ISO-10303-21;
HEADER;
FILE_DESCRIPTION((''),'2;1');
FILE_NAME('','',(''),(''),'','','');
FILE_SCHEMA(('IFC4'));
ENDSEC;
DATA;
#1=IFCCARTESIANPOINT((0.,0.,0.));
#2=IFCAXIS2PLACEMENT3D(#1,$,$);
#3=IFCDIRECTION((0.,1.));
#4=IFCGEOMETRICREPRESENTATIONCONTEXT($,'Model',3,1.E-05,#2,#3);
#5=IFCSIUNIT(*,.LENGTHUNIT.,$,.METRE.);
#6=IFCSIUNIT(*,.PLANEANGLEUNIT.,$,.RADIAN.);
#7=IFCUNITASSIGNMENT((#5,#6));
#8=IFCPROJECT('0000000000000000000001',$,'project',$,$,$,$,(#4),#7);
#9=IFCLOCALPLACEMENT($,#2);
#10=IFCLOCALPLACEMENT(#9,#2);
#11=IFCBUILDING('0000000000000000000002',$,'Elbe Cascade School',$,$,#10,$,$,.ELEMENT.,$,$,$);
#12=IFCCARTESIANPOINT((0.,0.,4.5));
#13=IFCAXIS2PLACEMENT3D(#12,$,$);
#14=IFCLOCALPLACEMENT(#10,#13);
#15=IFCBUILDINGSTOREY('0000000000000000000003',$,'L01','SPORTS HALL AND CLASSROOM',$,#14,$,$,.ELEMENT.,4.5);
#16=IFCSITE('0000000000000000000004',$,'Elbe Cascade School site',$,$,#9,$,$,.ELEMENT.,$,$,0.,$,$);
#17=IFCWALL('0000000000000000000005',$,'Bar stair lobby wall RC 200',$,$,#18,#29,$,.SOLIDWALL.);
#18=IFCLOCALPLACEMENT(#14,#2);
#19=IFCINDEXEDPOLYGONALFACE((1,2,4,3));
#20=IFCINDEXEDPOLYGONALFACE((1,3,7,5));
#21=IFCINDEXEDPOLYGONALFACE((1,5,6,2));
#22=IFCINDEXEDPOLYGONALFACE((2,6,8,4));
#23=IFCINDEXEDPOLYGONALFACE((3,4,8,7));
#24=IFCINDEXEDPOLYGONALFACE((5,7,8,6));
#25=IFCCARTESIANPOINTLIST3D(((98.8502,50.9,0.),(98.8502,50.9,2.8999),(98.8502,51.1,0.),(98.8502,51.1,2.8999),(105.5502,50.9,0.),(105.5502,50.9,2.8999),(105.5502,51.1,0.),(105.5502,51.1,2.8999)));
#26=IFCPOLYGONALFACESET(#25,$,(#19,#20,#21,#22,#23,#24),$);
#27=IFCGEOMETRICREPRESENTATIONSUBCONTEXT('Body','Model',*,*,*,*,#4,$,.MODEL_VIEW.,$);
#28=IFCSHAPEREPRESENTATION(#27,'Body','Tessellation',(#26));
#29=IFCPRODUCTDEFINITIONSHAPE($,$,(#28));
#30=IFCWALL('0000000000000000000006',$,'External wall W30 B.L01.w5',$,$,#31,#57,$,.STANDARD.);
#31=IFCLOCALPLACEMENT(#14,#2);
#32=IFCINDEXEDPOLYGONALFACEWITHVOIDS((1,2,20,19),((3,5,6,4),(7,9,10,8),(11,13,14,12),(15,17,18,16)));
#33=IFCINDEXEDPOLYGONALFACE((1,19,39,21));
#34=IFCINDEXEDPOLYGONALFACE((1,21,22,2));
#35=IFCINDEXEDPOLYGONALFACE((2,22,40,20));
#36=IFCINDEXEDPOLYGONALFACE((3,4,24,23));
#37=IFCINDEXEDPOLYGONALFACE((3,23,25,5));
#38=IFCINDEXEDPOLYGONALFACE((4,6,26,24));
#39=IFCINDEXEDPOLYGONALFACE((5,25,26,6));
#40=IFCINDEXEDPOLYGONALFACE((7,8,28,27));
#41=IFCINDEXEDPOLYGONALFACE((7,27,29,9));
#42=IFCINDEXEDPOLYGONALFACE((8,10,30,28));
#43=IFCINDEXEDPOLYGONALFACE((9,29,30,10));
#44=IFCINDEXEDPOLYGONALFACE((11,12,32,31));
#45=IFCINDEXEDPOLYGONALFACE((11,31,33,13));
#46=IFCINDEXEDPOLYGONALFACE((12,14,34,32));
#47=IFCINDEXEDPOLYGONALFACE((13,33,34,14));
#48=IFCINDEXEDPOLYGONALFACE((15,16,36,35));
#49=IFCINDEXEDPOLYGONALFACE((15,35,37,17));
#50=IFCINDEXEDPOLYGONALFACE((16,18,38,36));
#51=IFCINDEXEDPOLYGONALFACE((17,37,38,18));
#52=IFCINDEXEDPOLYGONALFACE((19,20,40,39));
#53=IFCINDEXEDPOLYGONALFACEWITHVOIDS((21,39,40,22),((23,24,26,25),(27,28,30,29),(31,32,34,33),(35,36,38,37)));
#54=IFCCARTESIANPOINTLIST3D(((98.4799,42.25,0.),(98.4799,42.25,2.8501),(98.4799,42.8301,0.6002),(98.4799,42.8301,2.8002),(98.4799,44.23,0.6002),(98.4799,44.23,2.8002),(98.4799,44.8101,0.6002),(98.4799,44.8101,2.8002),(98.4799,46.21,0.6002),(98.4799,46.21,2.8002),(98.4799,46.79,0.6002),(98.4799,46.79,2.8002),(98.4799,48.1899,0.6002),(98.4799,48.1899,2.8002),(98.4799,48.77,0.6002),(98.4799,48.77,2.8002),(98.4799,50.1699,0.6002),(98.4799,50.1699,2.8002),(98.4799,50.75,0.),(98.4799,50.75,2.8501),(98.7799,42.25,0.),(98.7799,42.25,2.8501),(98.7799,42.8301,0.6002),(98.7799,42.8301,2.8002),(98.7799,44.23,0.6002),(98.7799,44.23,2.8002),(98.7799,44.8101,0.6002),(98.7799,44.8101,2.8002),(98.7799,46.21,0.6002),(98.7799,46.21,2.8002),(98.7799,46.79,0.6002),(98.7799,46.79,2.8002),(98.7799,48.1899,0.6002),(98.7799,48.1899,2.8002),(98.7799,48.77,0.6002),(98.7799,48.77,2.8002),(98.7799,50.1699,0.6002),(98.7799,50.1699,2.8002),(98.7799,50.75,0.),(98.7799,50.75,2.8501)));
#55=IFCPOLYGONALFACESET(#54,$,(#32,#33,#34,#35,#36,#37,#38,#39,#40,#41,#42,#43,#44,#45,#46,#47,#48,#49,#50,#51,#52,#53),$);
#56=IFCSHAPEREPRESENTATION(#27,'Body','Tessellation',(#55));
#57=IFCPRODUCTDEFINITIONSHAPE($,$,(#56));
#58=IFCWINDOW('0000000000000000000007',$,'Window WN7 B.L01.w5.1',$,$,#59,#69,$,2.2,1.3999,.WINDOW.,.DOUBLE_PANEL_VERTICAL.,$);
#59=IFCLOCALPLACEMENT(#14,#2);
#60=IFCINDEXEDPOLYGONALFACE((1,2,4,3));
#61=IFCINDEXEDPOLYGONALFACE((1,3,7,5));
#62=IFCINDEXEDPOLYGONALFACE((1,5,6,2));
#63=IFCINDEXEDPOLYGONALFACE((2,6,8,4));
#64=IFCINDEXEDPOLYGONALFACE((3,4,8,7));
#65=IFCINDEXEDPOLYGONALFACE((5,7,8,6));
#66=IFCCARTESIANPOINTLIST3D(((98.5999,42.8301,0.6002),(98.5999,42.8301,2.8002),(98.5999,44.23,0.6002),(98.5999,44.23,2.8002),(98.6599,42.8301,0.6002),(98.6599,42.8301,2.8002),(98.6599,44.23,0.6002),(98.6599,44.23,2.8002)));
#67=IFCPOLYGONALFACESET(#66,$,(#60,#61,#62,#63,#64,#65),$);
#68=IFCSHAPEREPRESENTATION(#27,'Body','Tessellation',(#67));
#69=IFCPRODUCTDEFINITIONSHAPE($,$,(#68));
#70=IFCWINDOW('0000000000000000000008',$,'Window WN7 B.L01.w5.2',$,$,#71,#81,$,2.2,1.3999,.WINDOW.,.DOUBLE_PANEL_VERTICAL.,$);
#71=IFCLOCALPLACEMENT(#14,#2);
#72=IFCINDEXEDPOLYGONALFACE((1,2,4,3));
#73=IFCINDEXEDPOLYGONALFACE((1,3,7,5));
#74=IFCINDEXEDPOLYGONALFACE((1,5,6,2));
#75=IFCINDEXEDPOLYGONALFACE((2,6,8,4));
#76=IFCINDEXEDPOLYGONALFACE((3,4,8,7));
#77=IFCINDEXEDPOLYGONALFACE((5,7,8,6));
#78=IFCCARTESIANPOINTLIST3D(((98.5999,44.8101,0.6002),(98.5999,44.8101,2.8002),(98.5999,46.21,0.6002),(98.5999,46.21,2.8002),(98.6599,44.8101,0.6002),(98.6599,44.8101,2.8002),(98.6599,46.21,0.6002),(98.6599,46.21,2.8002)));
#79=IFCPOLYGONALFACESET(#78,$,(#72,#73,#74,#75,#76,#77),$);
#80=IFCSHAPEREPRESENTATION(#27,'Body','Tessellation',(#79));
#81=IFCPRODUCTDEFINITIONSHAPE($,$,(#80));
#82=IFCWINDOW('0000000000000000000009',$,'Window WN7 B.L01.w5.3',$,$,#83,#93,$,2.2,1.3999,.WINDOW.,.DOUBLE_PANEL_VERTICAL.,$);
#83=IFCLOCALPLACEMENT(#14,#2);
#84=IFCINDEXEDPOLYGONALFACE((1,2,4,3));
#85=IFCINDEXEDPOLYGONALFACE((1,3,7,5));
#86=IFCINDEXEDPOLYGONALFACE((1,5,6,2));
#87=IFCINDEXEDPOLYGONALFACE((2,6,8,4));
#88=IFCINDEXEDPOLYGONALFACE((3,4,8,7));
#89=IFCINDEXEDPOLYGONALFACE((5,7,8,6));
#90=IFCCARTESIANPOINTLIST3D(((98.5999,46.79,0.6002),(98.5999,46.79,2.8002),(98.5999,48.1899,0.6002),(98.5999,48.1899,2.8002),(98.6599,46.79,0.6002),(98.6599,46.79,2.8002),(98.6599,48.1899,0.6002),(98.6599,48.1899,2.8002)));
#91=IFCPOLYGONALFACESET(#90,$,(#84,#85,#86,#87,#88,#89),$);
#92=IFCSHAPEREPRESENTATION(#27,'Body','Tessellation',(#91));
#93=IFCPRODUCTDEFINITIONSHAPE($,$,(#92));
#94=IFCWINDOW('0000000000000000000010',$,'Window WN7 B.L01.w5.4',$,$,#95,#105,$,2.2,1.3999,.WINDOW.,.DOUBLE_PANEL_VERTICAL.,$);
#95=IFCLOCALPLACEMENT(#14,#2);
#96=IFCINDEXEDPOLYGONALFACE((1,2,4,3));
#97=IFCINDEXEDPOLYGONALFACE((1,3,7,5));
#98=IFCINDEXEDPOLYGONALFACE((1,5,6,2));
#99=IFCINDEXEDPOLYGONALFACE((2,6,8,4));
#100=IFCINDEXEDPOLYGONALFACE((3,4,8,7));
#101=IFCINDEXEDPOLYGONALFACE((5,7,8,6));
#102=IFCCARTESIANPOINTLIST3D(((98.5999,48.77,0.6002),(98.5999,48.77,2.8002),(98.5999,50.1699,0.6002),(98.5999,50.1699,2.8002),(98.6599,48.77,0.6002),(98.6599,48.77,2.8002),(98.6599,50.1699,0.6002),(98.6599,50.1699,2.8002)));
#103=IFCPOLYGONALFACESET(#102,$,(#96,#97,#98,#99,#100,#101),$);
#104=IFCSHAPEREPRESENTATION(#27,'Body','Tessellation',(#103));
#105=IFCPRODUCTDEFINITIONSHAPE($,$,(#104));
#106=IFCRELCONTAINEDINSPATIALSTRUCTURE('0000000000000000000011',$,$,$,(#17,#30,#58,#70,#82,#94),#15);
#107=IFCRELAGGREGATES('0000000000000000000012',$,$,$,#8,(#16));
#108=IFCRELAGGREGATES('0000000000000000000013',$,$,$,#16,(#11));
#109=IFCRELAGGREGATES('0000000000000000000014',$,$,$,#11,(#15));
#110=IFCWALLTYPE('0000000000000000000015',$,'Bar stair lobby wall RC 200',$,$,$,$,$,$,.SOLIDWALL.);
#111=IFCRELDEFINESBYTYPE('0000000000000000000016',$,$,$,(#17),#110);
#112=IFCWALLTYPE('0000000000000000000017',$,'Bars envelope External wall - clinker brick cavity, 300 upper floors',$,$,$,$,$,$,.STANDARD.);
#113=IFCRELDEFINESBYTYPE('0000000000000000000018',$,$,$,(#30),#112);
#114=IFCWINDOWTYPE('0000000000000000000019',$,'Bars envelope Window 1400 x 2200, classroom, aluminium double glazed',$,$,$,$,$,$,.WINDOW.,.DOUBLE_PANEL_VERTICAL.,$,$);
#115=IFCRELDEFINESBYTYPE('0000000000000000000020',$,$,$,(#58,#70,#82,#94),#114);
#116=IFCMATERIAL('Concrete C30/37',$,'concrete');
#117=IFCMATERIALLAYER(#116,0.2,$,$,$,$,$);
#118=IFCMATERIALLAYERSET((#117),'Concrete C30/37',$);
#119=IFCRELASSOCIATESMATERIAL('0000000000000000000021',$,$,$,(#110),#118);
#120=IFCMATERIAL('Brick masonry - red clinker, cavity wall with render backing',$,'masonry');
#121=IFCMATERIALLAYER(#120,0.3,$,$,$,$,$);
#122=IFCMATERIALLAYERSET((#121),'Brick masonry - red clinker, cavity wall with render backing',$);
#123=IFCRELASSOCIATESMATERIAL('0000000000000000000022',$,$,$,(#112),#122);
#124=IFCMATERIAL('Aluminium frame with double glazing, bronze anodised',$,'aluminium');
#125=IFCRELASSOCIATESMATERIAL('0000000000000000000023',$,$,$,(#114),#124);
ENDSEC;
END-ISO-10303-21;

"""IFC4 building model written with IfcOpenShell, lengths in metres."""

from ifc_helpers import new_model, si_unit, direction, frame, frame_2d, origin, place, context, subcontext, project, spatial, rectangle, extrude, material, layer, layer_set, type_object, element, fill, save


model = new_model("IFC4")

# Units and contexts
model_context = context("Model", 3, precision=1e-05, world=origin(), true_north=direction((0.0, 1.0)))
body_context = subcontext(model_context, "Body", "Model", "MODEL_VIEW")
ifc_project = project(units=[si_unit("LENGTHUNIT", "METRE"), si_unit("PLANEANGLEUNIT", "RADIAN")], contexts=[model_context])

# Site, building, storey
site_placement = place(None, origin())
site = spatial("IfcSite", under=ifc_project, at=site_placement, Name="Elbe Cascade School site", CompositionType="ELEMENT", RefElevation=0.0)
building_placement = place(site_placement, origin())
building = spatial("IfcBuilding", under=site, at=building_placement, Name="Elbe Cascade School", CompositionType="ELEMENT")
storey_placement = place(building_placement, frame((0.0, 0.0, 4.5)))
storey = spatial("IfcBuildingStorey", under=building, at=storey_placement, Name="L01", Description="SPORTS HALL AND CLASSROOM", CompositionType="ELEMENT", Elevation=4.5)

# Wall
ifc_material_1 = material(Name="Concrete C30/37", Category="concrete")
ifc_layer_1 = layer(ifc_material_1, 0.2)
ifc_layer_set_1 = layer_set([ifc_layer_1], Name="Concrete C30/37")
wall_type_1 = type_object("IfcWallType", Name="Bar stair lobby wall RC 200", PredefinedType="SOLIDWALL", material=ifc_layer_set_1)
wall_1_placement = place(storey_placement, frame((98.8501, 51.0, 0.0), z_axis=(0.0, 0.0, 1.0), x_axis=(1.0, 0.0, 0.0)))
element("IfcWall", 1, at=wall_1_placement, inside=storey, type_object=wall_type_1, Name="Bar stair lobby wall RC 200", PredefinedType="SOLIDWALL", context=body_context, shape_type="SweptSolid", body=[
    extrude(rectangle(XDim=6.7, YDim=0.2, at=frame_2d((3.3501, 0.0))), origin(), (0.0, 0.0, 1.0), 2.8999),
])

# Wall, openings, windows
ifc_material_2 = material(Name="Brick masonry - red clinker, cavity wall with render backing", Category="masonry")
ifc_layer_2 = layer(ifc_material_2, 0.3)
ifc_layer_set_2 = layer_set([ifc_layer_2], Name="Brick masonry - red clinker, cavity wall with render backing")
wall_type_2 = type_object("IfcWallType", Name="Bars envelope External wall - clinker brick cavity, 300 upper floors", PredefinedType="STANDARD", material=ifc_layer_set_2)
wall_2_placement = place(storey_placement, frame((98.6299, 42.25, 0.0), z_axis=(0.0, 0.0, 1.0), x_axis=(0.0, 1.0, 0.0)))
wall_2 = element("IfcWall", 2, at=wall_2_placement, inside=storey, type_object=wall_type_2, Name="External wall W30 B.L01.w5", PredefinedType="STANDARD", context=body_context, shape_type="SweptSolid", body=[
    extrude(rectangle(XDim=8.5, YDim=0.3, at=frame_2d((4.25, 0.0))), origin(), (0.0, 0.0, 1.0), 2.8501),
])
opening_1_placement = place(wall_2_placement, frame((0.5801, 0.0, 0.6001)))
opening_1 = element("IfcOpeningElement", 3, at=opening_1_placement, cuts=wall_2, PredefinedType="OPENING", context=body_context, shape_type="SweptSolid", body=[
    extrude(rectangle(XDim=1.3999, YDim=2.2, at=frame_2d((0.7, 1.1001))), frame((0.0, 0.1599, 0.0), z_axis=(0.0, -1.0, 0.0), x_axis=(1.0, 0.0, 0.0)), (0.0, 0.0, 1.0), 0.3201),
])
opening_2_placement = place(wall_2_placement, frame((2.5601, 0.0, 0.6001)))
opening_2 = element("IfcOpeningElement", 4, at=opening_2_placement, cuts=wall_2, PredefinedType="OPENING", context=body_context, shape_type="SweptSolid", body=[
    extrude(rectangle(XDim=1.3999, YDim=2.2, at=frame_2d((0.7, 1.1001))), frame((0.0, 0.1599, 0.0), z_axis=(0.0, -1.0, 0.0), x_axis=(1.0, 0.0, 0.0)), (0.0, 0.0, 1.0), 0.3201),
])
opening_3_placement = place(wall_2_placement, frame((4.54, 0.0, 0.6001)))
opening_3 = element("IfcOpeningElement", 5, at=opening_3_placement, cuts=wall_2, PredefinedType="OPENING", context=body_context, shape_type="SweptSolid", body=[
    extrude(rectangle(XDim=1.3999, YDim=2.2, at=frame_2d((0.7, 1.1001))), frame((0.0, 0.1599, 0.0), z_axis=(0.0, -1.0, 0.0), x_axis=(1.0, 0.0, 0.0)), (0.0, 0.0, 1.0), 0.3201),
])
opening_4_placement = place(wall_2_placement, frame((6.52, 0.0, 0.6001)))
opening_4 = element("IfcOpeningElement", 6, at=opening_4_placement, cuts=wall_2, PredefinedType="OPENING", context=body_context, shape_type="SweptSolid", body=[
    extrude(rectangle(XDim=1.3999, YDim=2.2, at=frame_2d((0.7, 1.1001))), frame((0.0, 0.1599, 0.0), z_axis=(0.0, -1.0, 0.0), x_axis=(1.0, 0.0, 0.0)), (0.0, 0.0, 1.0), 0.3201),
])
ifc_material_3 = material(Name="Aluminium frame with double glazing, bronze anodised", Category="aluminium")
window_type = type_object("IfcWindowType", Name="Bars envelope Window 1400 x 2200, classroom, aluminium double glazed", PartitioningType="DOUBLE_PANEL_VERTICAL", PredefinedType="WINDOW", material=ifc_material_3)
window_1_placement = place(opening_1_placement, origin())
window_1 = element("IfcWindow", 7, at=window_1_placement, inside=storey, type_object=window_type, Name="Window WN7 B.L01.w5.1", OverallHeight=2.2, OverallWidth=1.3999, PartitioningType="DOUBLE_PANEL_VERTICAL", PredefinedType="WINDOW", context=body_context, shape_type="SweptSolid", body=[
    extrude(rectangle(XDim=1.3999, YDim=2.2, at=frame_2d((0.7, 1.1001))), frame((0.0, 0.03, 0.0), z_axis=(0.0, -1.0, 0.0), x_axis=(1.0, 0.0, 0.0)), (0.0, 0.0, 1.0), 0.0601),
])
fill(opening_1, window_1)
window_2_placement = place(opening_2_placement, origin())
window_2 = element("IfcWindow", 8, at=window_2_placement, inside=storey, type_object=window_type, Name="Window WN7 B.L01.w5.2", OverallHeight=2.2, OverallWidth=1.3999, PartitioningType="DOUBLE_PANEL_VERTICAL", PredefinedType="WINDOW", context=body_context, shape_type="SweptSolid", body=[
    extrude(rectangle(XDim=1.3999, YDim=2.2, at=frame_2d((0.7, 1.1001))), frame((0.0, 0.03, 0.0), z_axis=(0.0, -1.0, 0.0), x_axis=(1.0, 0.0, 0.0)), (0.0, 0.0, 1.0), 0.0601),
])
fill(opening_2, window_2)
window_3_placement = place(opening_3_placement, origin())
window_3 = element("IfcWindow", 9, at=window_3_placement, inside=storey, type_object=window_type, Name="Window WN7 B.L01.w5.3", OverallHeight=2.2, OverallWidth=1.3999, PartitioningType="DOUBLE_PANEL_VERTICAL", PredefinedType="WINDOW", context=body_context, shape_type="SweptSolid", body=[
    extrude(rectangle(XDim=1.3999, YDim=2.2, at=frame_2d((0.7, 1.1001))), frame((0.0, 0.03, 0.0), z_axis=(0.0, -1.0, 0.0), x_axis=(1.0, 0.0, 0.0)), (0.0, 0.0, 1.0), 0.0601),
])
fill(opening_3, window_3)
window_4_placement = place(opening_4_placement, origin())
window_4 = element("IfcWindow", 10, at=window_4_placement, inside=storey, type_object=window_type, Name="Window WN7 B.L01.w5.4", OverallHeight=2.2, OverallWidth=1.3999, PartitioningType="DOUBLE_PANEL_VERTICAL", PredefinedType="WINDOW", context=body_context, shape_type="SweptSolid", body=[
    extrude(rectangle(XDim=1.3999, YDim=2.2, at=frame_2d((0.7, 1.1001))), frame((0.0, 0.03, 0.0), z_axis=(0.0, -1.0, 0.0), x_axis=(1.0, 0.0, 0.0)), (0.0, 0.0, 1.0), 0.0601),
])
fill(opening_4, window_4)

save(model, "model.ifc")
